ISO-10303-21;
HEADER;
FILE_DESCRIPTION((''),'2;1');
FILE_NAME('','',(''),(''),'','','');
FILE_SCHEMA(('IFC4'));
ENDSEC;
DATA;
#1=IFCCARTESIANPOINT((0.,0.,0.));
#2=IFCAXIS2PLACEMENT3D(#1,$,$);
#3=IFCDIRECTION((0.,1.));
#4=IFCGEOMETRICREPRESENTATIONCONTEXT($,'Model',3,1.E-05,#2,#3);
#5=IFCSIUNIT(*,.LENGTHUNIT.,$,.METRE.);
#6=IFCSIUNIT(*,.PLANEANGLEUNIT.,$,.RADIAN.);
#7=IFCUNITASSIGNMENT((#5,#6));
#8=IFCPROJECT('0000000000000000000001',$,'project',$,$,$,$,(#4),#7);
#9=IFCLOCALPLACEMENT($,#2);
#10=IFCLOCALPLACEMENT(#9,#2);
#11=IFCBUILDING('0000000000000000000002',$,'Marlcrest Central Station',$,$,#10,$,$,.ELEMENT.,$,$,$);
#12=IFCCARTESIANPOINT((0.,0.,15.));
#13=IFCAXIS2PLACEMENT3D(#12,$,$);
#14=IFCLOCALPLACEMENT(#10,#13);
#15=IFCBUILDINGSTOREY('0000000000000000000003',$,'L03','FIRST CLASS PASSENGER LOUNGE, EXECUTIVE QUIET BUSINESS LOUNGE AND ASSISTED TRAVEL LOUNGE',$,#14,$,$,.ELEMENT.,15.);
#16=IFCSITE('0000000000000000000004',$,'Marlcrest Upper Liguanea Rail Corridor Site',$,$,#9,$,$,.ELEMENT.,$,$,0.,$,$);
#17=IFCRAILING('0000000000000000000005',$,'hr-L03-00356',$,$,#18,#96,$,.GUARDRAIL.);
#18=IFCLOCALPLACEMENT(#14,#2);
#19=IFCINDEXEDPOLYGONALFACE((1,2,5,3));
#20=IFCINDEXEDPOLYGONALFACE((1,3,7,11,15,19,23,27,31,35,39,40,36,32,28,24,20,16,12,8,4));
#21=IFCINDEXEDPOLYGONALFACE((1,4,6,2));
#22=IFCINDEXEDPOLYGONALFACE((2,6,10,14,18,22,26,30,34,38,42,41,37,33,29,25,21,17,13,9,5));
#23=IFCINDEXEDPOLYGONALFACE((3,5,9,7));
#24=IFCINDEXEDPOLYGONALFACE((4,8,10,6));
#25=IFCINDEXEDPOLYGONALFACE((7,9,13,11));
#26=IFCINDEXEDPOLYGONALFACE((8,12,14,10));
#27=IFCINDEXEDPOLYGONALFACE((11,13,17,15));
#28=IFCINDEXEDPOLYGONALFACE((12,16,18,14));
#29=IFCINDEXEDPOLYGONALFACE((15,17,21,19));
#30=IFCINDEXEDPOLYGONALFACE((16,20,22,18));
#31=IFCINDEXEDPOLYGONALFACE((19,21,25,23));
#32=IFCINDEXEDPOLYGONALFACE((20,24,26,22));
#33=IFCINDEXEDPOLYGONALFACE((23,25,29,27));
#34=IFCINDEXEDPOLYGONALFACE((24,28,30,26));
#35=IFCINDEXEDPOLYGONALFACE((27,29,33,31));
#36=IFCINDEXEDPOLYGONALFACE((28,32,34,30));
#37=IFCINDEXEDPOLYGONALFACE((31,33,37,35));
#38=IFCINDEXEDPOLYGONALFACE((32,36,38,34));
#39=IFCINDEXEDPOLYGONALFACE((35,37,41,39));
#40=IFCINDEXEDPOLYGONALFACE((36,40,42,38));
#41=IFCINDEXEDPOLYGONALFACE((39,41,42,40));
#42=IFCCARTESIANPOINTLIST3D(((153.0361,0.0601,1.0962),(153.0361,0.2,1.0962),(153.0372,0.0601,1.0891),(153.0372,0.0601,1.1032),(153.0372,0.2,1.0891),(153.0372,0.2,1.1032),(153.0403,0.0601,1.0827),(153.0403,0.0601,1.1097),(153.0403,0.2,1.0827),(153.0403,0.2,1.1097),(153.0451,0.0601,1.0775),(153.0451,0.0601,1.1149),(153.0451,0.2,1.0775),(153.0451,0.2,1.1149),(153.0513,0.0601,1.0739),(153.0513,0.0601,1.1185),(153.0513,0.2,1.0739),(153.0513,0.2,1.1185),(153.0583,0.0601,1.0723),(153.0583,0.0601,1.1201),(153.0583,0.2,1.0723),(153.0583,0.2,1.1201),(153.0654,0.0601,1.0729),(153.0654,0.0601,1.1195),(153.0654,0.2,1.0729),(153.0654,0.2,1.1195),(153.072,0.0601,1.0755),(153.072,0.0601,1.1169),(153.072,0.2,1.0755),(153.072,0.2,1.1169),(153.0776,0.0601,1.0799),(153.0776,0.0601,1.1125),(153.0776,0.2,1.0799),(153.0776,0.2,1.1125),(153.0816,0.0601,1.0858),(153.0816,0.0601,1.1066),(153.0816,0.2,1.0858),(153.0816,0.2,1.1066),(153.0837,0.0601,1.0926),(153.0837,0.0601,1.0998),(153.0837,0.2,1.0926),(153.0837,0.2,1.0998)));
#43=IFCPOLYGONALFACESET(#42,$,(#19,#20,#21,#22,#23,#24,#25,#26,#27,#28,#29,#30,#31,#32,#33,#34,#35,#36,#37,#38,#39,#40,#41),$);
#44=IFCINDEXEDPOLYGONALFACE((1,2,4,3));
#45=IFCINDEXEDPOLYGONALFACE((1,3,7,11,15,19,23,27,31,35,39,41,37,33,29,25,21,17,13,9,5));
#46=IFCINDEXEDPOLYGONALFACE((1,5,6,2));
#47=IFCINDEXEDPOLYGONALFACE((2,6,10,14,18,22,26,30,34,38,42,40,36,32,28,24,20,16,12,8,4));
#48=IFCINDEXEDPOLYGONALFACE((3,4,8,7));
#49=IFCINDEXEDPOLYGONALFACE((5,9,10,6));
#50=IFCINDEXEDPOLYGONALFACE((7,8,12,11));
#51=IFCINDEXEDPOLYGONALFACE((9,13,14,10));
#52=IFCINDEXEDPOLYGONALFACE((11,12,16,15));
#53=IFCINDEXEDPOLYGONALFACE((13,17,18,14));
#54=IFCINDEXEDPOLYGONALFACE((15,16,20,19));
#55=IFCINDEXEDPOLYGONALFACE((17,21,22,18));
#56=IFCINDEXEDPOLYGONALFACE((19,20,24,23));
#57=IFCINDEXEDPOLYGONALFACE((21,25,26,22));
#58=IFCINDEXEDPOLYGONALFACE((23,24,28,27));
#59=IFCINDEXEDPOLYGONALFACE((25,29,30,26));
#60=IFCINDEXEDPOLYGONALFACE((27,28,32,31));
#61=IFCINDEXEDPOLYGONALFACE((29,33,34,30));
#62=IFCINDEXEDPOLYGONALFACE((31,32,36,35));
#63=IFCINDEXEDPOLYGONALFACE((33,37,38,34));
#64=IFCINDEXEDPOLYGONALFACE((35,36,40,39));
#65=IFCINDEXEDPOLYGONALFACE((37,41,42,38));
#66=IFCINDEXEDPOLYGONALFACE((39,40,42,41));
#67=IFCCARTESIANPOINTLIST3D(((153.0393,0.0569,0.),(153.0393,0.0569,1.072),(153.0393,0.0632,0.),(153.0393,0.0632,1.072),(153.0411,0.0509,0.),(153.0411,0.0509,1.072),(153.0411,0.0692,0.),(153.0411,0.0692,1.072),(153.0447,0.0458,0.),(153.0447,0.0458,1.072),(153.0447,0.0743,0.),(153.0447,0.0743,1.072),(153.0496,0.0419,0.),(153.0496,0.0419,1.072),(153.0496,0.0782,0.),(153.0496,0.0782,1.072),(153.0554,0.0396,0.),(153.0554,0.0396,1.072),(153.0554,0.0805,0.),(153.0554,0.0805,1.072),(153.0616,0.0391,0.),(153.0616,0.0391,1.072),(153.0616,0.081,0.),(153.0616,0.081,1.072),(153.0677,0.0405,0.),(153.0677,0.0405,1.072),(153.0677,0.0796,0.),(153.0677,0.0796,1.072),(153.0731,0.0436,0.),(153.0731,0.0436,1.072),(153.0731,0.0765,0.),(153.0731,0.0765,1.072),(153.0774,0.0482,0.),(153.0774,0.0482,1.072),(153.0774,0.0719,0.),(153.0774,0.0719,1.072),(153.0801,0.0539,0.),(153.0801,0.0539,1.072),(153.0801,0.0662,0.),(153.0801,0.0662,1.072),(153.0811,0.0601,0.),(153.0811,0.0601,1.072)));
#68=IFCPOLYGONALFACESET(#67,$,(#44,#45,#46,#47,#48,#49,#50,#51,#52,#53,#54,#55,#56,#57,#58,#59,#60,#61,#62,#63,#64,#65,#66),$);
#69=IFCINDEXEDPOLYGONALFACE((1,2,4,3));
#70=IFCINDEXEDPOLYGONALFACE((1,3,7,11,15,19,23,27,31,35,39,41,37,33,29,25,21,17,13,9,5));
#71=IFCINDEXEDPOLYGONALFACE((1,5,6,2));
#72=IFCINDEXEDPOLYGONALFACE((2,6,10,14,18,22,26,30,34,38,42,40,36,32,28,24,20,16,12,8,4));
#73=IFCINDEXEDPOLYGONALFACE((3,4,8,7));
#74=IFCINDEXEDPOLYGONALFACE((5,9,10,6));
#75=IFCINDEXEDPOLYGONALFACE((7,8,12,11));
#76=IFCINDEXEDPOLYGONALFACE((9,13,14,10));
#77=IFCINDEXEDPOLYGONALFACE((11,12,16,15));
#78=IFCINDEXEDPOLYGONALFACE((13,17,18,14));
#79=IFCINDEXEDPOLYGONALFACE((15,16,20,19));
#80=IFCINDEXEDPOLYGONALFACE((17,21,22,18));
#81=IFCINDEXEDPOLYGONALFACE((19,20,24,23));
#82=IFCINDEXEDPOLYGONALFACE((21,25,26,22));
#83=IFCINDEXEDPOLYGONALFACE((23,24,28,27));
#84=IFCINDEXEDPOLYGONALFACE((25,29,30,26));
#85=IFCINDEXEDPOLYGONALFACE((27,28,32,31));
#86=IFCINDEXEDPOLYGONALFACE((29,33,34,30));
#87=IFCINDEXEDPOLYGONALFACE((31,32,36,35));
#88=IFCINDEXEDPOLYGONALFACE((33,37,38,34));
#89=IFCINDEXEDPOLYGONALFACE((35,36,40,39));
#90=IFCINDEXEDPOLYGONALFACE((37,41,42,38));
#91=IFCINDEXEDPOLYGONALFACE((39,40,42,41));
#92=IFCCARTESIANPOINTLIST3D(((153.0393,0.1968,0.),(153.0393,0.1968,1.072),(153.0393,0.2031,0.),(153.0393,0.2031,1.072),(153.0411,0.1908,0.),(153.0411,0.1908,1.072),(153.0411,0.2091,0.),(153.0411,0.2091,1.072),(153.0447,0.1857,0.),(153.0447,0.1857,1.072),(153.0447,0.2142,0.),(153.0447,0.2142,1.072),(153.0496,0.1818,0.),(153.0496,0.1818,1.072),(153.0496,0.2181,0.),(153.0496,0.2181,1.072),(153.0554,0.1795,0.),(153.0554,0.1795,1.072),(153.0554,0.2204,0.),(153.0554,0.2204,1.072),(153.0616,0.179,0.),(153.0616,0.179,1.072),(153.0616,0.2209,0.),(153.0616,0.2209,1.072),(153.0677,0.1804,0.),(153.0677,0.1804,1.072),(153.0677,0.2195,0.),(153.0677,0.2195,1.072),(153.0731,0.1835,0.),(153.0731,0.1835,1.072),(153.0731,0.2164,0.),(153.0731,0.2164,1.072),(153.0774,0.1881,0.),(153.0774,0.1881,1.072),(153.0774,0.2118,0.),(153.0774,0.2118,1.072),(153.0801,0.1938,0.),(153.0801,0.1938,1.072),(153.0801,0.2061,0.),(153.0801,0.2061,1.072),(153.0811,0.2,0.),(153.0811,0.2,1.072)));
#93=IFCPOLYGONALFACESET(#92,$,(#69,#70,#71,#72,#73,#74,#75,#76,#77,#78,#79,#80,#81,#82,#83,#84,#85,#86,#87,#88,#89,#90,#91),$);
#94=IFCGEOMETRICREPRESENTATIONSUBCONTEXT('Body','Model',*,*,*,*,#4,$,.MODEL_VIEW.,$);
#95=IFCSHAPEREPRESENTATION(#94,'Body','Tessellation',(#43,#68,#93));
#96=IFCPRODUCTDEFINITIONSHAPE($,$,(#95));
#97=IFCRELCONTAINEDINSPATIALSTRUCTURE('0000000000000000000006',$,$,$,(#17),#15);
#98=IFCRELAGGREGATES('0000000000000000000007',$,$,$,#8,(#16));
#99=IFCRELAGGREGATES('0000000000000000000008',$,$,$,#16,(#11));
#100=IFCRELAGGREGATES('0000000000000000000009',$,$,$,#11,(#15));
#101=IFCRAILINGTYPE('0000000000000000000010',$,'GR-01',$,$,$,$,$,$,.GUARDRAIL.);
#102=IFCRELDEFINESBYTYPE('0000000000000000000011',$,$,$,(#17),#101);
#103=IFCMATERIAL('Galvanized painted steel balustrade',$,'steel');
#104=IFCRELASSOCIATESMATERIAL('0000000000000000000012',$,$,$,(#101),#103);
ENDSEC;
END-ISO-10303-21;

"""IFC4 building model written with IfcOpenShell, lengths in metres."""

from ifc_helpers import new_model, si_unit, direction, frame, origin, origin_2d, place, context, subcontext, project, spatial, circle, extrude, material, type_object, element, save


model = new_model("IFC4")

# Units and contexts
model_context = context("Model", 3, precision=1e-05, world=origin(), true_north=direction((0.0, 1.0)))
body_context = subcontext(model_context, "Body", "Model", "MODEL_VIEW")
ifc_project = project(units=[si_unit("LENGTHUNIT", "METRE"), si_unit("PLANEANGLEUNIT", "RADIAN")], contexts=[model_context])

# Site, building, storey
site_placement = place(None, origin())
site = spatial("IfcSite", under=ifc_project, at=site_placement, Name="Marlcrest Upper Liguanea Rail Corridor Site", CompositionType="ELEMENT", RefElevation=0.0)
building_placement = place(site_placement, origin())
building = spatial("IfcBuilding", under=site, at=building_placement, Name="Marlcrest Central Station", CompositionType="ELEMENT")
storey_placement = place(building_placement, frame((0.0, 0.0, 15.0)))
storey = spatial("IfcBuildingStorey", under=building, at=storey_placement, Name="L03", Description="FIRST CLASS PASSENGER LOUNGE, EXECUTIVE QUIET BUSINESS LOUNGE AND ASSISTED TRAVEL LOUNGE", CompositionType="ELEMENT", Elevation=15.0)

# Railing
ifc_material_1 = material(Name="Galvanized painted steel balustrade", Category="steel")
railing_type = type_object("IfcRailingType", Name="GR-01", PredefinedType="GUARDRAIL", material=ifc_material_1)
railing_1_placement = place(storey_placement, frame((153.0601, 0.0601, 0.0)))
element("IfcRailing", 1, at=railing_1_placement, inside=storey, type_object=railing_type, Name="hr-L03-00356", PredefinedType="GUARDRAIL", context=body_context, shape_type="SweptSolid", body=[
    extrude(circle(Radius=0.0239, at=origin_2d()), frame((0.0, 0.0, 1.0962), z_axis=(0.0, 1.0, 0.0), x_axis=(-1.0, 0.0, 0.0)), (0.0, 0.0, 1.0), 0.1399),
    extrude(circle(Radius=0.021, at=origin_2d()), origin(), (0.0, 0.0, 1.0), 1.072),
    extrude(circle(Radius=0.021, at=origin_2d()), frame((0.0, 0.1399, 0.0)), (0.0, 0.0, 1.0), 1.072),
])

save(model, "model.ifc")
